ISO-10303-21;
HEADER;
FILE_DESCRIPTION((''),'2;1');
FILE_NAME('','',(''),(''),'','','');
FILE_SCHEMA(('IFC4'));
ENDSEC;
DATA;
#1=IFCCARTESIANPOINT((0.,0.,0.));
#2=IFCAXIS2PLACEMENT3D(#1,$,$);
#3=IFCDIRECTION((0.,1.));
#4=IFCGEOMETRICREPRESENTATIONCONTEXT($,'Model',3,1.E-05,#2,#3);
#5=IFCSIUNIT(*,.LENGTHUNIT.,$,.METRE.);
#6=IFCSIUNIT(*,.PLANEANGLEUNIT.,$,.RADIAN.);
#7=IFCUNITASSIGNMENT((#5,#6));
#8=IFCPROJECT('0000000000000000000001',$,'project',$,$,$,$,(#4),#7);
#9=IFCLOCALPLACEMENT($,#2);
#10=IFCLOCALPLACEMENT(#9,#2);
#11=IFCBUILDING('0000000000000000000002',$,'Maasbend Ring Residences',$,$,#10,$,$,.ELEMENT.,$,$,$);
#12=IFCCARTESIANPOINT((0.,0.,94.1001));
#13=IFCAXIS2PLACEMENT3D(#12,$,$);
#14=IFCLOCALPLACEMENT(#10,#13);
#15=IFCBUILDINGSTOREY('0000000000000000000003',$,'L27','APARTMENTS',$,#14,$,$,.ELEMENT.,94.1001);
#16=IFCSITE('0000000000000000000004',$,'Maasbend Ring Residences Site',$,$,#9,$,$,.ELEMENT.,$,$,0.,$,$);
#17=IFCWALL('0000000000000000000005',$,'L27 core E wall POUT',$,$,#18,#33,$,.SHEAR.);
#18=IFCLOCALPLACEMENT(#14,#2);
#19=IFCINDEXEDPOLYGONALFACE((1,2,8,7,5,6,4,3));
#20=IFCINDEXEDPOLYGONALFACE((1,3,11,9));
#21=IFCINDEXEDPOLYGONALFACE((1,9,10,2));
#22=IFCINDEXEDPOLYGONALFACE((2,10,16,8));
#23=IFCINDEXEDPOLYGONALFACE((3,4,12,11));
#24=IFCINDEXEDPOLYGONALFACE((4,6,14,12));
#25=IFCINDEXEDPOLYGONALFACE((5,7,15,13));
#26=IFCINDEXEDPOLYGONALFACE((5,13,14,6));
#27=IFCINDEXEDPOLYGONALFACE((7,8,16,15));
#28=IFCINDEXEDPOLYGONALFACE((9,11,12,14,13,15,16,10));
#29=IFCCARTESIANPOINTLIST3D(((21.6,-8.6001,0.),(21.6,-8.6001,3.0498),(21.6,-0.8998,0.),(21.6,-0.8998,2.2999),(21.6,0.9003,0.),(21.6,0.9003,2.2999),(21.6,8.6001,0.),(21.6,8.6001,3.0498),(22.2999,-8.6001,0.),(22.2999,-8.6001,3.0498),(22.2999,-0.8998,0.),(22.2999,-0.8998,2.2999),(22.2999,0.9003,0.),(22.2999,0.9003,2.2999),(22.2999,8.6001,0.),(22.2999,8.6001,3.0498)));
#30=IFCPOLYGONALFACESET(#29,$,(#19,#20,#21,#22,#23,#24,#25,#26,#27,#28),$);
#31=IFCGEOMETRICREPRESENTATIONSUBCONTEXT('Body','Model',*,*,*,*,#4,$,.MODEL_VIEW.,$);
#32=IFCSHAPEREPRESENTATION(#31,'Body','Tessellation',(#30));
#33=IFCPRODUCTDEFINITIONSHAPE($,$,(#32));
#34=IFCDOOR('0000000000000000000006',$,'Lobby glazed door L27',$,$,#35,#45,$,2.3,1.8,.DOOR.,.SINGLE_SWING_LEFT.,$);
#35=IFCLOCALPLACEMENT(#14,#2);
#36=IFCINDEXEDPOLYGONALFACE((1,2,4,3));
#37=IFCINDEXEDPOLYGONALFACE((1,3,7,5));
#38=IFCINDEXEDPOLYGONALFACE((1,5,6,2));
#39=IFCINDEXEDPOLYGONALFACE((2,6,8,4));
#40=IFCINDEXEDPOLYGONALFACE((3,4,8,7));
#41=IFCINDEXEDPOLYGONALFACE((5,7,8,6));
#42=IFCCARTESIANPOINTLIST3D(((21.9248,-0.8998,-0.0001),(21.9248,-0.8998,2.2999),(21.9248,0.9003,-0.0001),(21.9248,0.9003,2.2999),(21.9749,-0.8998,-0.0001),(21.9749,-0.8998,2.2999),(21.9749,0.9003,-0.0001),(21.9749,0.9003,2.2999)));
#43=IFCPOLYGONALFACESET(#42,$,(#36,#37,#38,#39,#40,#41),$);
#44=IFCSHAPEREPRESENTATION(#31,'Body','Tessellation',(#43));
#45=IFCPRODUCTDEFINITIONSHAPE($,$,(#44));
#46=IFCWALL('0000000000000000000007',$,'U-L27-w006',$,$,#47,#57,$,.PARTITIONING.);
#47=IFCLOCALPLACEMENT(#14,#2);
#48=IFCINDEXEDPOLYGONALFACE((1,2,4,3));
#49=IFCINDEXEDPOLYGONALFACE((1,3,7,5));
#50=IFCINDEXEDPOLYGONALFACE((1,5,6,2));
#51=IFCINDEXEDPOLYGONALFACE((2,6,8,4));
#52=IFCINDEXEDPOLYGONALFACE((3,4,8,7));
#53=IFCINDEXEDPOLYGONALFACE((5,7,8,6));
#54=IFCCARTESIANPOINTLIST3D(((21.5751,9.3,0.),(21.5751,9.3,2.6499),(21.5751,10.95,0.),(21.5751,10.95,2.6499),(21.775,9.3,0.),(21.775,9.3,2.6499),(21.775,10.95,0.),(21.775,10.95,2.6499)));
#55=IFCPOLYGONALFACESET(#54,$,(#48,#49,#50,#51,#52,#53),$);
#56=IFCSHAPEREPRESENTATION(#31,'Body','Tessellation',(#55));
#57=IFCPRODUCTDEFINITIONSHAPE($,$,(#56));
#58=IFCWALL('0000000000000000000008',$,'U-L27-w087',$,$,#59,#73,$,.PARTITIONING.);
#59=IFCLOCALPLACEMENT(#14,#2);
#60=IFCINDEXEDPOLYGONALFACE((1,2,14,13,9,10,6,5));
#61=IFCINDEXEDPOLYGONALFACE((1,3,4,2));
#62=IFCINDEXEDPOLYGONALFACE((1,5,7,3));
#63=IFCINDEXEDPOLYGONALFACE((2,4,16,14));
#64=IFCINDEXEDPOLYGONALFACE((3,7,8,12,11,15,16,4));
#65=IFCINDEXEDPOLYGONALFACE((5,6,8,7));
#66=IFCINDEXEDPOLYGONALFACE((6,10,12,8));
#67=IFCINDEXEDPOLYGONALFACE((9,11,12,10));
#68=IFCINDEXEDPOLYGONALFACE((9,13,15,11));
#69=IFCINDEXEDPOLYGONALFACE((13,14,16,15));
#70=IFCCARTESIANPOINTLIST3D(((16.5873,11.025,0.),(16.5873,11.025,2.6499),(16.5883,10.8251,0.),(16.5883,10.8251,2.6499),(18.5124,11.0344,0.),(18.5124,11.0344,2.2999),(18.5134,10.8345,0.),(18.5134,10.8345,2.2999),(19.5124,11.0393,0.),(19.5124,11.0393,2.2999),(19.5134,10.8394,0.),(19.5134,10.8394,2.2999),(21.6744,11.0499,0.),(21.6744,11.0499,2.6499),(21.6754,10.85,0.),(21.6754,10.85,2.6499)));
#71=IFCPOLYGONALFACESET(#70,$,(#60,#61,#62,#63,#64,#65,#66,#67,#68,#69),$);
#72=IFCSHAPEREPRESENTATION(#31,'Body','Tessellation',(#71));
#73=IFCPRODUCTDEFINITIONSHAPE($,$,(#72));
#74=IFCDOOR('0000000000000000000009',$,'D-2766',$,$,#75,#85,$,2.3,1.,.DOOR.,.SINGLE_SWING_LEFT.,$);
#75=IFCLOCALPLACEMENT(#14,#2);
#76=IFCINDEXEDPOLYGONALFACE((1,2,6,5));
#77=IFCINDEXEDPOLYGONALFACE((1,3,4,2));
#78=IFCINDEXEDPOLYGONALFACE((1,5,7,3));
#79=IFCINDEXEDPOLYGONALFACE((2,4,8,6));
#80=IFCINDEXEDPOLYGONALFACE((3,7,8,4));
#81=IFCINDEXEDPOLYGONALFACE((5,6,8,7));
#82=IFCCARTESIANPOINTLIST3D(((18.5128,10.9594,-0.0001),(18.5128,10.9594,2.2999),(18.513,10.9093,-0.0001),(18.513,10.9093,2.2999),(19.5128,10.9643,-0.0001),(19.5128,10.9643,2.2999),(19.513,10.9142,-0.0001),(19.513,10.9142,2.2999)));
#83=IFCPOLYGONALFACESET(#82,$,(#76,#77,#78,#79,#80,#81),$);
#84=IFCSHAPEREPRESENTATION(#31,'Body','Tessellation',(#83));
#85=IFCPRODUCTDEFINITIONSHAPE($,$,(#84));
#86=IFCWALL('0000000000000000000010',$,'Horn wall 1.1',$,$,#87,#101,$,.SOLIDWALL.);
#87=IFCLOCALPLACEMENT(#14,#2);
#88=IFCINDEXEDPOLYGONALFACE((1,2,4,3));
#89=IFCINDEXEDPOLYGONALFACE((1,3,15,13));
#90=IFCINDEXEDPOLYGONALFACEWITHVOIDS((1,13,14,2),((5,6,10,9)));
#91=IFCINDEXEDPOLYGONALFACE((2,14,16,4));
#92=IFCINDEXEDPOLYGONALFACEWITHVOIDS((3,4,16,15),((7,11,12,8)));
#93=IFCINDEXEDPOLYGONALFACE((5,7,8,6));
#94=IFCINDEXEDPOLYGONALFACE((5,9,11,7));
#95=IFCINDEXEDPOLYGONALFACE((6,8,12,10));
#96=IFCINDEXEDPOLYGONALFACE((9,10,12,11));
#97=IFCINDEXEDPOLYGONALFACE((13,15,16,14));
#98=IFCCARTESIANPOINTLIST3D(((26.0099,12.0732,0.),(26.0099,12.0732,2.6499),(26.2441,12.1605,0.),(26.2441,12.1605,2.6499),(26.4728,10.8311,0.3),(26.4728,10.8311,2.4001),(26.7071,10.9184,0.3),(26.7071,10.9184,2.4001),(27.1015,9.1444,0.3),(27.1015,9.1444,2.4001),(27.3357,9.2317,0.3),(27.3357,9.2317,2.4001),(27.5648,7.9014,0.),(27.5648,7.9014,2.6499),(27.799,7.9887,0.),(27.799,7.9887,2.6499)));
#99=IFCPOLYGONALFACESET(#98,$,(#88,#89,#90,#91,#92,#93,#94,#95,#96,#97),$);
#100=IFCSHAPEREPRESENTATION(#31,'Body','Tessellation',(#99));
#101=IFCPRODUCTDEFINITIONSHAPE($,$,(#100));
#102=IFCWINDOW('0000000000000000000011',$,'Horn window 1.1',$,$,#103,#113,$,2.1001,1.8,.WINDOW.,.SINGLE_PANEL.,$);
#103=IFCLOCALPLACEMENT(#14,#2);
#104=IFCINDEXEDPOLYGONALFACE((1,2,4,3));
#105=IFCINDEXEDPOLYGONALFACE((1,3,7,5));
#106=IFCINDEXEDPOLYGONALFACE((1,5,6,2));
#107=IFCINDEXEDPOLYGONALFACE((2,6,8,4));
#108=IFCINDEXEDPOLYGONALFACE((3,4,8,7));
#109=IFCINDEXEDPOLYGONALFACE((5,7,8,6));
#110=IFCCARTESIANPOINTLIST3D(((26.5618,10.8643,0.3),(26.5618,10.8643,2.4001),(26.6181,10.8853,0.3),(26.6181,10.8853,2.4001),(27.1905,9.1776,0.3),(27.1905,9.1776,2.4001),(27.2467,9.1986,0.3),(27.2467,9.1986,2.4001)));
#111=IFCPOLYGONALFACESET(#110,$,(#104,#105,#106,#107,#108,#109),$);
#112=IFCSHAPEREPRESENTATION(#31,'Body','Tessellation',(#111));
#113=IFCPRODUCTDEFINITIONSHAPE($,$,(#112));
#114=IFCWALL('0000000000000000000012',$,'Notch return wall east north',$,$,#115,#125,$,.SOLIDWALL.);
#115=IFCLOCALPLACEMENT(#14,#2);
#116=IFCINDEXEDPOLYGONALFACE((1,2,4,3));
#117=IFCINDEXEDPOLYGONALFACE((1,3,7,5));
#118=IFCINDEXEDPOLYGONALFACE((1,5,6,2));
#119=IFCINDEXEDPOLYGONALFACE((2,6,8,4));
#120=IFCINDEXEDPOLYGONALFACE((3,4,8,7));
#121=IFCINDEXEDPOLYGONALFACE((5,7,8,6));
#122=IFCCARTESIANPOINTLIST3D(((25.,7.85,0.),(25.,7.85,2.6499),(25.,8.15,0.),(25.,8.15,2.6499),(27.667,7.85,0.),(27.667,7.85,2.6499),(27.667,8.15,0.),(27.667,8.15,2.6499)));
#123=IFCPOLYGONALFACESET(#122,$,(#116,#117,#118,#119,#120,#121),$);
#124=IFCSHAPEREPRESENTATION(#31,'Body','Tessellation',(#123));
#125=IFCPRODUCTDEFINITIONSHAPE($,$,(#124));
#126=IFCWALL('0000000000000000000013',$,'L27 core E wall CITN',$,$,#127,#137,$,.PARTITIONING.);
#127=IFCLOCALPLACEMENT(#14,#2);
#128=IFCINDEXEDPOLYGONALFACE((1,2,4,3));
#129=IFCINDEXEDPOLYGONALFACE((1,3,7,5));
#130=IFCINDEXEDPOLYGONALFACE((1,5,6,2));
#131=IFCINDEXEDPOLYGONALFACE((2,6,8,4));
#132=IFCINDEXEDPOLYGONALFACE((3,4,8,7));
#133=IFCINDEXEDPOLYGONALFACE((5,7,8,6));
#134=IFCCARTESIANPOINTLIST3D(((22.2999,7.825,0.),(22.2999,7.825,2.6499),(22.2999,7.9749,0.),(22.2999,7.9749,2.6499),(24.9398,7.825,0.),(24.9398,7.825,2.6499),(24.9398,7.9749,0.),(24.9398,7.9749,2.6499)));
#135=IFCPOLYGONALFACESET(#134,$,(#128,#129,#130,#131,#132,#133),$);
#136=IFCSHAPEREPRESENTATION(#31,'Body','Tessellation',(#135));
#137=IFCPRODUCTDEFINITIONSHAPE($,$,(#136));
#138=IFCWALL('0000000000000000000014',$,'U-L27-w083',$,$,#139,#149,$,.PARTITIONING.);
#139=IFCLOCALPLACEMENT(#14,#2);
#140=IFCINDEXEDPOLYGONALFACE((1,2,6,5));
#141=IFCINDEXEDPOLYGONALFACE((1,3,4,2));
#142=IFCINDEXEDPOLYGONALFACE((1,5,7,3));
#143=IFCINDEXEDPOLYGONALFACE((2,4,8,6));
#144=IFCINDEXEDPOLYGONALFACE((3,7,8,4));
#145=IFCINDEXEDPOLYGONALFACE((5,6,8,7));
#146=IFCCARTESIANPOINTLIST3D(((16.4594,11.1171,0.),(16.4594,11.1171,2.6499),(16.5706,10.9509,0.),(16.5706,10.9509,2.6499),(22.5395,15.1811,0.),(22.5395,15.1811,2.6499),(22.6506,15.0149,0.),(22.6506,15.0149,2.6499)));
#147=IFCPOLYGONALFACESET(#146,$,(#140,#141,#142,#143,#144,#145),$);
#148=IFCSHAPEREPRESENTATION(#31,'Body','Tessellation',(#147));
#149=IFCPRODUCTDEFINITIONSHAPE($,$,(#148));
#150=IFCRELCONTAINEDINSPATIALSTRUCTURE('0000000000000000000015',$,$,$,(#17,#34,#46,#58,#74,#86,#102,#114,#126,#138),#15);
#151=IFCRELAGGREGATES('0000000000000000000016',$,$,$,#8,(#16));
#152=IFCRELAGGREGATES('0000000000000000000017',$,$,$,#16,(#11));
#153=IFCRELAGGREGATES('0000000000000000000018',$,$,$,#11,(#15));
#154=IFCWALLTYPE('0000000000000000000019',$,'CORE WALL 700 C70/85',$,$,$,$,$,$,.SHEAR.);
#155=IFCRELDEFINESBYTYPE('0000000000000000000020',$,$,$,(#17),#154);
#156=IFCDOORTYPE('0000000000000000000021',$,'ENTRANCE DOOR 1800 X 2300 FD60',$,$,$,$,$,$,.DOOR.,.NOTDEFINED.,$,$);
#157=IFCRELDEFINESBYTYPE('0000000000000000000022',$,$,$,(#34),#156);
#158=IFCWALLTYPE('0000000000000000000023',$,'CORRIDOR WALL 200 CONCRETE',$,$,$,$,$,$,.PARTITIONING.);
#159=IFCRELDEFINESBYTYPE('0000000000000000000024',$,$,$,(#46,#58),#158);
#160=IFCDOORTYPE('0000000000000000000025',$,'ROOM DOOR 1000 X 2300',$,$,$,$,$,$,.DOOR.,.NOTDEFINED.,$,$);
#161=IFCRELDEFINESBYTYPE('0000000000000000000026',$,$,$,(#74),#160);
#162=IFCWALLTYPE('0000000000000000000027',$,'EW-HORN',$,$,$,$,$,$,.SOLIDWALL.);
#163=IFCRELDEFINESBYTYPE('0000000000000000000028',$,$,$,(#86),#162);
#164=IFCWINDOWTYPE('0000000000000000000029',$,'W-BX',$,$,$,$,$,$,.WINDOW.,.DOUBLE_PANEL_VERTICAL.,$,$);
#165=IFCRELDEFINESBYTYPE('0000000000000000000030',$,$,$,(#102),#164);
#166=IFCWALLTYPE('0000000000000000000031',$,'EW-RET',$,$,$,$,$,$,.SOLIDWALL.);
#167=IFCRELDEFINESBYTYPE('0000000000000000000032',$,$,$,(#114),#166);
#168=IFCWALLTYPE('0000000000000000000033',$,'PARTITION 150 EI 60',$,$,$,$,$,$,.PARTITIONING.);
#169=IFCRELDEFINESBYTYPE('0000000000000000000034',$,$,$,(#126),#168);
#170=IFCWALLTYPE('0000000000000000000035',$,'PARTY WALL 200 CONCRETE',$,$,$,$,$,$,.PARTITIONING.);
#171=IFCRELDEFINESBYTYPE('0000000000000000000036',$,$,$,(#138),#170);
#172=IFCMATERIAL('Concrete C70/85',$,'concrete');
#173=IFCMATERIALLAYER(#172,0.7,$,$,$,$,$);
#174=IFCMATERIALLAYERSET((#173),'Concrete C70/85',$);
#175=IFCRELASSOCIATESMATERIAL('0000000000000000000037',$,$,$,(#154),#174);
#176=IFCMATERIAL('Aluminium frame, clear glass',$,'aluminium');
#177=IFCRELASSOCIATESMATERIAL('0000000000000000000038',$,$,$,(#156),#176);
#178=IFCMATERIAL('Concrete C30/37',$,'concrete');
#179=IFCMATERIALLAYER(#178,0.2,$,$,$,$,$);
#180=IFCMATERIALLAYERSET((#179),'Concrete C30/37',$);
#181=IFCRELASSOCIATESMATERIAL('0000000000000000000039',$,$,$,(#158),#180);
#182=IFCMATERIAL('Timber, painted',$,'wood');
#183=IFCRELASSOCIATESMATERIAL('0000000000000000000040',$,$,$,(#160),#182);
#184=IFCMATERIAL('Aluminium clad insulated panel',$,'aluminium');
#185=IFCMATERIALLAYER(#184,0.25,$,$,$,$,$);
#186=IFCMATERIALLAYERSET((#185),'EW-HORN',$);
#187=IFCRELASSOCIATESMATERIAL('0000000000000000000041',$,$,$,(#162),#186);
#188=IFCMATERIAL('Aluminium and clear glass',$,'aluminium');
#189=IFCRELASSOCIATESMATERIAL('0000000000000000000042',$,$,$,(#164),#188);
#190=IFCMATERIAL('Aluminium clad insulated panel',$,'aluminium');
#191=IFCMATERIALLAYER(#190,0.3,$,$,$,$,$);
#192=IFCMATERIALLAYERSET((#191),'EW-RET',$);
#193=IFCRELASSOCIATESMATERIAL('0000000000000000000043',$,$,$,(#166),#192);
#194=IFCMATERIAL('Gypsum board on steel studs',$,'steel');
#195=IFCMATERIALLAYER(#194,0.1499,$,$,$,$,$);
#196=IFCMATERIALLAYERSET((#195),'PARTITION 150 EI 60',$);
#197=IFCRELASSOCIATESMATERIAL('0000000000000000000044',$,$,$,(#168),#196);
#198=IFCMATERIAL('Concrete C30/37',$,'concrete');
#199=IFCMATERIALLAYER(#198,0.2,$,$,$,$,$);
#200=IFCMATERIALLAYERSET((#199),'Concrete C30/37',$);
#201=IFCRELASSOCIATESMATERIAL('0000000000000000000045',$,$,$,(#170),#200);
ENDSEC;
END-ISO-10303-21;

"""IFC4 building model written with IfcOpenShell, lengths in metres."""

from ifc_helpers import new_model, si_unit, direction, frame, frame_2d, origin, place, context, subcontext, project, spatial, rectangle, extrude, material, layer, layer_set, type_object, element, fill, save


model = new_model("IFC4")

# Units and contexts
model_context = context("Model", 3, precision=1e-05, world=origin(), true_north=direction((0.0, 1.0)))
body_context = subcontext(model_context, "Body", "Model", "MODEL_VIEW")
ifc_project = project(units=[si_unit("LENGTHUNIT", "METRE"), si_unit("PLANEANGLEUNIT", "RADIAN")], contexts=[model_context])

# Site, building, storey
site_placement = place(None, origin())
site = spatial("IfcSite", under=ifc_project, at=site_placement, Name="Maasbend Ring Residences Site", CompositionType="ELEMENT", RefElevation=0.0)
building_placement = place(site_placement, origin())
building = spatial("IfcBuilding", under=site, at=building_placement, Name="Maasbend Ring Residences", CompositionType="ELEMENT")
storey_placement = place(building_placement, frame((0.0, 0.0, 94.1001)))
storey = spatial("IfcBuildingStorey", under=building, at=storey_placement, Name="L27", Description="APARTMENTS", CompositionType="ELEMENT", Elevation=94.1001)

# Wall, opening, door
ifc_material_1 = material(Name="Concrete C70/85", Category="concrete")
ifc_layer_1 = layer(ifc_material_1, 0.7)
ifc_layer_set_1 = layer_set([ifc_layer_1], Name="Concrete C70/85")
wall_type_1 = type_object("IfcWallType", Name="CORE WALL 700 C70/85", PredefinedType="SHEAR", material=ifc_layer_set_1)
wall_1_placement = place(storey_placement, frame((21.95, 8.6001, 0.0), z_axis=(0.0, 0.0, 1.0), x_axis=(0.0, -1.0, 0.0)))
wall_1 = element("IfcWall", 1, at=wall_1_placement, inside=storey, type_object=wall_type_1, Name="L27 core E wall POUT", PredefinedType="SHEAR", context=body_context, shape_type="SweptSolid", body=[
    extrude(rectangle(XDim=17.2002, YDim=0.7, at=frame_2d((8.6001, 0.0))), origin(), (0.0, 0.0, 1.0), 3.0498),
])
opening_1_placement = place(wall_1_placement, frame((7.7, 0.0, 0.0)))
opening_1 = element("IfcOpeningElement", 2, at=opening_1_placement, cuts=wall_1, PredefinedType="OPENING", context=body_context, shape_type="SweptSolid", body=[
    extrude(rectangle(XDim=1.8, YDim=2.3, at=frame_2d((0.8999, 1.1499))), frame((0.0, 0.3599, 0.0), z_axis=(0.0, -1.0, 0.0), x_axis=(1.0, 0.0, 0.0)), (0.0, 0.0, 1.0), 0.72),
])
ifc_material_2 = material(Name="Aluminium frame, clear glass", Category="aluminium")
door_type_1 = type_object("IfcDoorType", Name="ENTRANCE DOOR 1800 X 2300 FD60", OperationType="NOTDEFINED", PredefinedType="DOOR", material=ifc_material_2)
door_1_placement = place(opening_1_placement, origin())
door_1 = element("IfcDoor", 3, at=door_1_placement, inside=storey, type_object=door_type_1, Name="Lobby glazed door L27", OperationType="SINGLE_SWING_LEFT", OverallHeight=2.3, OverallWidth=1.8, PredefinedType="DOOR", context=body_context, shape_type="SweptSolid", body=[
    extrude(rectangle(XDim=1.8, YDim=2.3, at=frame_2d((0.8999, 1.1499))), frame((0.0, 0.0249, 0.0), z_axis=(0.0, -1.0, 0.0), x_axis=(1.0, 0.0, 0.0)), (0.0, 0.0, 1.0), 0.05),
])
fill(opening_1, door_1)

# Wall
ifc_material_3 = material(Name="Concrete C30/37", Category="concrete")
ifc_layer_2 = layer(ifc_material_3, 0.2)
ifc_layer_set_2 = layer_set([ifc_layer_2], Name="Concrete C30/37")
wall_type_2 = type_object("IfcWallType", Name="CORRIDOR WALL 200 CONCRETE", PredefinedType="PARTITIONING", material=ifc_layer_set_2)
wall_2_placement = place(storey_placement, frame((21.675, 9.3, 0.0), z_axis=(0.0, 0.0, 1.0), x_axis=(0.0, 1.0, 0.0)))
element("IfcWall", 4, at=wall_2_placement, inside=storey, type_object=wall_type_2, Name="U-L27-w006", PredefinedType="PARTITIONING", context=body_context, shape_type="SweptSolid", body=[
    extrude(rectangle(XDim=1.6499, YDim=0.2, at=frame_2d((0.825, 0.0))), origin(), (0.0, 0.0, 1.0), 2.6499),
])

# Wall, opening, door
wall_3_placement = place(storey_placement, frame((16.5879, 10.925, 0.0), z_axis=(0.0, 0.0, 1.0), x_axis=(0.999988, 0.004895, 0.0)))
wall_3 = element("IfcWall", 5, at=wall_3_placement, inside=storey, type_object=wall_type_2, Name="U-L27-w087", PredefinedType="PARTITIONING", context=body_context, shape_type="SweptSolid", body=[
    extrude(rectangle(XDim=5.0872, YDim=0.2, at=frame_2d((2.5435, 0.0))), origin(), (0.0, 0.0, 1.0), 2.6499),
])
opening_2_placement = place(wall_3_placement, frame((1.925, 0.0, 0.0)))
opening_2 = element("IfcOpeningElement", 6, at=opening_2_placement, cuts=wall_3, PredefinedType="OPENING", context=body_context, shape_type="SweptSolid", body=[
    extrude(rectangle(XDim=1.0, YDim=2.3, at=frame_2d((0.5, 1.1499))), frame((0.0, 0.1099, 0.0), z_axis=(0.0, -1.0, 0.0), x_axis=(1.0, 0.0, 0.0)), (0.0, 0.0, 1.0), 0.22),
])
ifc_material_4 = material(Name="Timber, painted", Category="wood")
door_type_2 = type_object("IfcDoorType", Name="ROOM DOOR 1000 X 2300", OperationType="NOTDEFINED", PredefinedType="DOOR", material=ifc_material_4)
door_2_placement = place(opening_2_placement, origin())
door_2 = element("IfcDoor", 7, at=door_2_placement, inside=storey, type_object=door_type_2, Name="D-2766", OperationType="SINGLE_SWING_LEFT", OverallHeight=2.3, OverallWidth=1.0, PredefinedType="DOOR", context=body_context, shape_type="SweptSolid", body=[
    extrude(rectangle(XDim=1.0, YDim=2.3, at=frame_2d((0.5, 1.1499))), frame((0.0, 0.0249, 0.0), z_axis=(0.0, -1.0, 0.0), x_axis=(1.0, 0.0, 0.0)), (0.0, 0.0, 1.0), 0.05),
])
fill(opening_2, door_2)

# Wall, opening, window
ifc_material_5 = material(Name="Aluminium clad insulated panel", Category="aluminium")
ifc_layer_3 = layer(ifc_material_5, 0.25)
ifc_layer_set_3 = layer_set([ifc_layer_3], Name="EW-HORN")
wall_type_3 = type_object("IfcWallType", Name="EW-HORN", PredefinedType="SOLIDWALL", material=ifc_layer_set_3)
wall_4_placement = place(storey_placement, frame((27.6819, 7.9451, 0.0), z_axis=(0.0, 0.0, 1.0), x_axis=(-0.349248, 0.93703, 0.0)))
wall_4 = element("IfcWall", 8, at=wall_4_placement, inside=storey, type_object=wall_type_3, Name="Horn wall 1.1", PredefinedType="SOLIDWALL", context=body_context, shape_type="SweptSolid", body=[
    extrude(rectangle(XDim=4.4521, YDim=0.25, at=frame_2d((2.2261, 0.0))), origin(), (0.0, 0.0, 1.0), 2.6499),
])
opening_3_placement = place(wall_4_placement, frame((1.3267, 0.0, 0.3)))
opening_3 = element("IfcOpeningElement", 9, at=opening_3_placement, cuts=wall_4, PredefinedType="OPENING", context=body_context, shape_type="SweptSolid", body=[
    extrude(rectangle(XDim=1.8, YDim=2.1001, at=frame_2d((0.8999, 1.05))), frame((0.0, 0.135, 0.0), z_axis=(0.0, -1.0, 0.0), x_axis=(1.0, 0.0, 0.0)), (0.0, 0.0, 1.0), 0.27),
])
ifc_material_6 = material(Name="Aluminium and clear glass", Category="aluminium")
window_type = type_object("IfcWindowType", Name="W-BX", PartitioningType="DOUBLE_PANEL_VERTICAL", PredefinedType="WINDOW", material=ifc_material_6)
window_placement = place(opening_3_placement, origin())
window = element("IfcWindow", 10, at=window_placement, inside=storey, type_object=window_type, Name="Horn window 1.1", OverallHeight=2.1001, OverallWidth=1.8, PartitioningType="SINGLE_PANEL", PredefinedType="WINDOW", context=body_context, shape_type="SweptSolid", body=[
    extrude(rectangle(XDim=1.8, YDim=2.1001, at=frame_2d((0.8999, 1.05))), frame((0.0, 0.03, 0.0), z_axis=(0.0, -1.0, 0.0), x_axis=(1.0, 0.0, 0.0)), (0.0, 0.0, 1.0), 0.0601),
])
fill(opening_3, window)

# Walls
ifc_material_7 = material(Name="Aluminium clad insulated panel", Category="aluminium")
ifc_layer_4 = layer(ifc_material_7, 0.3)
ifc_layer_set_4 = layer_set([ifc_layer_4], Name="EW-RET")
wall_type_4 = type_object("IfcWallType", Name="EW-RET", PredefinedType="SOLIDWALL", material=ifc_layer_set_4)
wall_5_placement = place(storey_placement, frame((25.0, 8.0, 0.0), z_axis=(0.0, 0.0, 1.0), x_axis=(1.0, 0.0, 0.0)))
element("IfcWall", 11, at=wall_5_placement, inside=storey, type_object=wall_type_4, Name="Notch return wall east north", PredefinedType="SOLIDWALL", context=body_context, shape_type="SweptSolid", body=[
    extrude(rectangle(XDim=2.667, YDim=0.3, at=frame_2d((1.3335, 0.0))), origin(), (0.0, 0.0, 1.0), 2.6499),
])
ifc_material_8 = material(Name="Gypsum board on steel studs", Category="steel")
ifc_layer_5 = layer(ifc_material_8, 0.1499)
ifc_layer_set_5 = layer_set([ifc_layer_5], Name="PARTITION 150 EI 60")
wall_type_5 = type_object("IfcWallType", Name="PARTITION 150 EI 60", PredefinedType="PARTITIONING", material=ifc_layer_set_5)
wall_6_placement = place(storey_placement, frame((22.3, 7.8999, 0.0), z_axis=(0.0, 0.0, 1.0), x_axis=(1.0, 0.0, 0.0)))
element("IfcWall", 12, at=wall_6_placement, inside=storey, type_object=wall_type_5, Name="L27 core E wall CITN", PredefinedType="PARTITIONING", context=body_context, shape_type="SweptSolid", body=[
    extrude(rectangle(XDim=2.6399, YDim=0.1499, at=frame_2d((1.3198, 0.0))), origin(), (0.0, 0.0, 1.0), 2.6499),
])
ifc_material_9 = material(Name="Concrete C30/37", Category="concrete")
ifc_layer_6 = layer(ifc_material_9, 0.2)
ifc_layer_set_6 = layer_set([ifc_layer_6], Name="Concrete C30/37")
wall_type_6 = type_object("IfcWallType", Name="PARTY WALL 200 CONCRETE", PredefinedType="PARTITIONING", material=ifc_layer_set_6)
wall_7_placement = place(storey_placement, frame((16.5149, 11.0339, 0.0), z_axis=(0.0, 0.0, 1.0), x_axis=(0.831382, 0.555701, 0.0)))
element("IfcWall", 13, at=wall_7_placement, inside=storey, type_object=wall_type_6, Name="U-L27-w083", PredefinedType="PARTITIONING", context=body_context, shape_type="SweptSolid", body=[
    extrude(rectangle(XDim=7.3132, YDim=0.2, at=frame_2d((3.6567, 0.0))), origin(), (0.0, 0.0, 1.0), 2.6499),
])

save(model, "model.ifc")
